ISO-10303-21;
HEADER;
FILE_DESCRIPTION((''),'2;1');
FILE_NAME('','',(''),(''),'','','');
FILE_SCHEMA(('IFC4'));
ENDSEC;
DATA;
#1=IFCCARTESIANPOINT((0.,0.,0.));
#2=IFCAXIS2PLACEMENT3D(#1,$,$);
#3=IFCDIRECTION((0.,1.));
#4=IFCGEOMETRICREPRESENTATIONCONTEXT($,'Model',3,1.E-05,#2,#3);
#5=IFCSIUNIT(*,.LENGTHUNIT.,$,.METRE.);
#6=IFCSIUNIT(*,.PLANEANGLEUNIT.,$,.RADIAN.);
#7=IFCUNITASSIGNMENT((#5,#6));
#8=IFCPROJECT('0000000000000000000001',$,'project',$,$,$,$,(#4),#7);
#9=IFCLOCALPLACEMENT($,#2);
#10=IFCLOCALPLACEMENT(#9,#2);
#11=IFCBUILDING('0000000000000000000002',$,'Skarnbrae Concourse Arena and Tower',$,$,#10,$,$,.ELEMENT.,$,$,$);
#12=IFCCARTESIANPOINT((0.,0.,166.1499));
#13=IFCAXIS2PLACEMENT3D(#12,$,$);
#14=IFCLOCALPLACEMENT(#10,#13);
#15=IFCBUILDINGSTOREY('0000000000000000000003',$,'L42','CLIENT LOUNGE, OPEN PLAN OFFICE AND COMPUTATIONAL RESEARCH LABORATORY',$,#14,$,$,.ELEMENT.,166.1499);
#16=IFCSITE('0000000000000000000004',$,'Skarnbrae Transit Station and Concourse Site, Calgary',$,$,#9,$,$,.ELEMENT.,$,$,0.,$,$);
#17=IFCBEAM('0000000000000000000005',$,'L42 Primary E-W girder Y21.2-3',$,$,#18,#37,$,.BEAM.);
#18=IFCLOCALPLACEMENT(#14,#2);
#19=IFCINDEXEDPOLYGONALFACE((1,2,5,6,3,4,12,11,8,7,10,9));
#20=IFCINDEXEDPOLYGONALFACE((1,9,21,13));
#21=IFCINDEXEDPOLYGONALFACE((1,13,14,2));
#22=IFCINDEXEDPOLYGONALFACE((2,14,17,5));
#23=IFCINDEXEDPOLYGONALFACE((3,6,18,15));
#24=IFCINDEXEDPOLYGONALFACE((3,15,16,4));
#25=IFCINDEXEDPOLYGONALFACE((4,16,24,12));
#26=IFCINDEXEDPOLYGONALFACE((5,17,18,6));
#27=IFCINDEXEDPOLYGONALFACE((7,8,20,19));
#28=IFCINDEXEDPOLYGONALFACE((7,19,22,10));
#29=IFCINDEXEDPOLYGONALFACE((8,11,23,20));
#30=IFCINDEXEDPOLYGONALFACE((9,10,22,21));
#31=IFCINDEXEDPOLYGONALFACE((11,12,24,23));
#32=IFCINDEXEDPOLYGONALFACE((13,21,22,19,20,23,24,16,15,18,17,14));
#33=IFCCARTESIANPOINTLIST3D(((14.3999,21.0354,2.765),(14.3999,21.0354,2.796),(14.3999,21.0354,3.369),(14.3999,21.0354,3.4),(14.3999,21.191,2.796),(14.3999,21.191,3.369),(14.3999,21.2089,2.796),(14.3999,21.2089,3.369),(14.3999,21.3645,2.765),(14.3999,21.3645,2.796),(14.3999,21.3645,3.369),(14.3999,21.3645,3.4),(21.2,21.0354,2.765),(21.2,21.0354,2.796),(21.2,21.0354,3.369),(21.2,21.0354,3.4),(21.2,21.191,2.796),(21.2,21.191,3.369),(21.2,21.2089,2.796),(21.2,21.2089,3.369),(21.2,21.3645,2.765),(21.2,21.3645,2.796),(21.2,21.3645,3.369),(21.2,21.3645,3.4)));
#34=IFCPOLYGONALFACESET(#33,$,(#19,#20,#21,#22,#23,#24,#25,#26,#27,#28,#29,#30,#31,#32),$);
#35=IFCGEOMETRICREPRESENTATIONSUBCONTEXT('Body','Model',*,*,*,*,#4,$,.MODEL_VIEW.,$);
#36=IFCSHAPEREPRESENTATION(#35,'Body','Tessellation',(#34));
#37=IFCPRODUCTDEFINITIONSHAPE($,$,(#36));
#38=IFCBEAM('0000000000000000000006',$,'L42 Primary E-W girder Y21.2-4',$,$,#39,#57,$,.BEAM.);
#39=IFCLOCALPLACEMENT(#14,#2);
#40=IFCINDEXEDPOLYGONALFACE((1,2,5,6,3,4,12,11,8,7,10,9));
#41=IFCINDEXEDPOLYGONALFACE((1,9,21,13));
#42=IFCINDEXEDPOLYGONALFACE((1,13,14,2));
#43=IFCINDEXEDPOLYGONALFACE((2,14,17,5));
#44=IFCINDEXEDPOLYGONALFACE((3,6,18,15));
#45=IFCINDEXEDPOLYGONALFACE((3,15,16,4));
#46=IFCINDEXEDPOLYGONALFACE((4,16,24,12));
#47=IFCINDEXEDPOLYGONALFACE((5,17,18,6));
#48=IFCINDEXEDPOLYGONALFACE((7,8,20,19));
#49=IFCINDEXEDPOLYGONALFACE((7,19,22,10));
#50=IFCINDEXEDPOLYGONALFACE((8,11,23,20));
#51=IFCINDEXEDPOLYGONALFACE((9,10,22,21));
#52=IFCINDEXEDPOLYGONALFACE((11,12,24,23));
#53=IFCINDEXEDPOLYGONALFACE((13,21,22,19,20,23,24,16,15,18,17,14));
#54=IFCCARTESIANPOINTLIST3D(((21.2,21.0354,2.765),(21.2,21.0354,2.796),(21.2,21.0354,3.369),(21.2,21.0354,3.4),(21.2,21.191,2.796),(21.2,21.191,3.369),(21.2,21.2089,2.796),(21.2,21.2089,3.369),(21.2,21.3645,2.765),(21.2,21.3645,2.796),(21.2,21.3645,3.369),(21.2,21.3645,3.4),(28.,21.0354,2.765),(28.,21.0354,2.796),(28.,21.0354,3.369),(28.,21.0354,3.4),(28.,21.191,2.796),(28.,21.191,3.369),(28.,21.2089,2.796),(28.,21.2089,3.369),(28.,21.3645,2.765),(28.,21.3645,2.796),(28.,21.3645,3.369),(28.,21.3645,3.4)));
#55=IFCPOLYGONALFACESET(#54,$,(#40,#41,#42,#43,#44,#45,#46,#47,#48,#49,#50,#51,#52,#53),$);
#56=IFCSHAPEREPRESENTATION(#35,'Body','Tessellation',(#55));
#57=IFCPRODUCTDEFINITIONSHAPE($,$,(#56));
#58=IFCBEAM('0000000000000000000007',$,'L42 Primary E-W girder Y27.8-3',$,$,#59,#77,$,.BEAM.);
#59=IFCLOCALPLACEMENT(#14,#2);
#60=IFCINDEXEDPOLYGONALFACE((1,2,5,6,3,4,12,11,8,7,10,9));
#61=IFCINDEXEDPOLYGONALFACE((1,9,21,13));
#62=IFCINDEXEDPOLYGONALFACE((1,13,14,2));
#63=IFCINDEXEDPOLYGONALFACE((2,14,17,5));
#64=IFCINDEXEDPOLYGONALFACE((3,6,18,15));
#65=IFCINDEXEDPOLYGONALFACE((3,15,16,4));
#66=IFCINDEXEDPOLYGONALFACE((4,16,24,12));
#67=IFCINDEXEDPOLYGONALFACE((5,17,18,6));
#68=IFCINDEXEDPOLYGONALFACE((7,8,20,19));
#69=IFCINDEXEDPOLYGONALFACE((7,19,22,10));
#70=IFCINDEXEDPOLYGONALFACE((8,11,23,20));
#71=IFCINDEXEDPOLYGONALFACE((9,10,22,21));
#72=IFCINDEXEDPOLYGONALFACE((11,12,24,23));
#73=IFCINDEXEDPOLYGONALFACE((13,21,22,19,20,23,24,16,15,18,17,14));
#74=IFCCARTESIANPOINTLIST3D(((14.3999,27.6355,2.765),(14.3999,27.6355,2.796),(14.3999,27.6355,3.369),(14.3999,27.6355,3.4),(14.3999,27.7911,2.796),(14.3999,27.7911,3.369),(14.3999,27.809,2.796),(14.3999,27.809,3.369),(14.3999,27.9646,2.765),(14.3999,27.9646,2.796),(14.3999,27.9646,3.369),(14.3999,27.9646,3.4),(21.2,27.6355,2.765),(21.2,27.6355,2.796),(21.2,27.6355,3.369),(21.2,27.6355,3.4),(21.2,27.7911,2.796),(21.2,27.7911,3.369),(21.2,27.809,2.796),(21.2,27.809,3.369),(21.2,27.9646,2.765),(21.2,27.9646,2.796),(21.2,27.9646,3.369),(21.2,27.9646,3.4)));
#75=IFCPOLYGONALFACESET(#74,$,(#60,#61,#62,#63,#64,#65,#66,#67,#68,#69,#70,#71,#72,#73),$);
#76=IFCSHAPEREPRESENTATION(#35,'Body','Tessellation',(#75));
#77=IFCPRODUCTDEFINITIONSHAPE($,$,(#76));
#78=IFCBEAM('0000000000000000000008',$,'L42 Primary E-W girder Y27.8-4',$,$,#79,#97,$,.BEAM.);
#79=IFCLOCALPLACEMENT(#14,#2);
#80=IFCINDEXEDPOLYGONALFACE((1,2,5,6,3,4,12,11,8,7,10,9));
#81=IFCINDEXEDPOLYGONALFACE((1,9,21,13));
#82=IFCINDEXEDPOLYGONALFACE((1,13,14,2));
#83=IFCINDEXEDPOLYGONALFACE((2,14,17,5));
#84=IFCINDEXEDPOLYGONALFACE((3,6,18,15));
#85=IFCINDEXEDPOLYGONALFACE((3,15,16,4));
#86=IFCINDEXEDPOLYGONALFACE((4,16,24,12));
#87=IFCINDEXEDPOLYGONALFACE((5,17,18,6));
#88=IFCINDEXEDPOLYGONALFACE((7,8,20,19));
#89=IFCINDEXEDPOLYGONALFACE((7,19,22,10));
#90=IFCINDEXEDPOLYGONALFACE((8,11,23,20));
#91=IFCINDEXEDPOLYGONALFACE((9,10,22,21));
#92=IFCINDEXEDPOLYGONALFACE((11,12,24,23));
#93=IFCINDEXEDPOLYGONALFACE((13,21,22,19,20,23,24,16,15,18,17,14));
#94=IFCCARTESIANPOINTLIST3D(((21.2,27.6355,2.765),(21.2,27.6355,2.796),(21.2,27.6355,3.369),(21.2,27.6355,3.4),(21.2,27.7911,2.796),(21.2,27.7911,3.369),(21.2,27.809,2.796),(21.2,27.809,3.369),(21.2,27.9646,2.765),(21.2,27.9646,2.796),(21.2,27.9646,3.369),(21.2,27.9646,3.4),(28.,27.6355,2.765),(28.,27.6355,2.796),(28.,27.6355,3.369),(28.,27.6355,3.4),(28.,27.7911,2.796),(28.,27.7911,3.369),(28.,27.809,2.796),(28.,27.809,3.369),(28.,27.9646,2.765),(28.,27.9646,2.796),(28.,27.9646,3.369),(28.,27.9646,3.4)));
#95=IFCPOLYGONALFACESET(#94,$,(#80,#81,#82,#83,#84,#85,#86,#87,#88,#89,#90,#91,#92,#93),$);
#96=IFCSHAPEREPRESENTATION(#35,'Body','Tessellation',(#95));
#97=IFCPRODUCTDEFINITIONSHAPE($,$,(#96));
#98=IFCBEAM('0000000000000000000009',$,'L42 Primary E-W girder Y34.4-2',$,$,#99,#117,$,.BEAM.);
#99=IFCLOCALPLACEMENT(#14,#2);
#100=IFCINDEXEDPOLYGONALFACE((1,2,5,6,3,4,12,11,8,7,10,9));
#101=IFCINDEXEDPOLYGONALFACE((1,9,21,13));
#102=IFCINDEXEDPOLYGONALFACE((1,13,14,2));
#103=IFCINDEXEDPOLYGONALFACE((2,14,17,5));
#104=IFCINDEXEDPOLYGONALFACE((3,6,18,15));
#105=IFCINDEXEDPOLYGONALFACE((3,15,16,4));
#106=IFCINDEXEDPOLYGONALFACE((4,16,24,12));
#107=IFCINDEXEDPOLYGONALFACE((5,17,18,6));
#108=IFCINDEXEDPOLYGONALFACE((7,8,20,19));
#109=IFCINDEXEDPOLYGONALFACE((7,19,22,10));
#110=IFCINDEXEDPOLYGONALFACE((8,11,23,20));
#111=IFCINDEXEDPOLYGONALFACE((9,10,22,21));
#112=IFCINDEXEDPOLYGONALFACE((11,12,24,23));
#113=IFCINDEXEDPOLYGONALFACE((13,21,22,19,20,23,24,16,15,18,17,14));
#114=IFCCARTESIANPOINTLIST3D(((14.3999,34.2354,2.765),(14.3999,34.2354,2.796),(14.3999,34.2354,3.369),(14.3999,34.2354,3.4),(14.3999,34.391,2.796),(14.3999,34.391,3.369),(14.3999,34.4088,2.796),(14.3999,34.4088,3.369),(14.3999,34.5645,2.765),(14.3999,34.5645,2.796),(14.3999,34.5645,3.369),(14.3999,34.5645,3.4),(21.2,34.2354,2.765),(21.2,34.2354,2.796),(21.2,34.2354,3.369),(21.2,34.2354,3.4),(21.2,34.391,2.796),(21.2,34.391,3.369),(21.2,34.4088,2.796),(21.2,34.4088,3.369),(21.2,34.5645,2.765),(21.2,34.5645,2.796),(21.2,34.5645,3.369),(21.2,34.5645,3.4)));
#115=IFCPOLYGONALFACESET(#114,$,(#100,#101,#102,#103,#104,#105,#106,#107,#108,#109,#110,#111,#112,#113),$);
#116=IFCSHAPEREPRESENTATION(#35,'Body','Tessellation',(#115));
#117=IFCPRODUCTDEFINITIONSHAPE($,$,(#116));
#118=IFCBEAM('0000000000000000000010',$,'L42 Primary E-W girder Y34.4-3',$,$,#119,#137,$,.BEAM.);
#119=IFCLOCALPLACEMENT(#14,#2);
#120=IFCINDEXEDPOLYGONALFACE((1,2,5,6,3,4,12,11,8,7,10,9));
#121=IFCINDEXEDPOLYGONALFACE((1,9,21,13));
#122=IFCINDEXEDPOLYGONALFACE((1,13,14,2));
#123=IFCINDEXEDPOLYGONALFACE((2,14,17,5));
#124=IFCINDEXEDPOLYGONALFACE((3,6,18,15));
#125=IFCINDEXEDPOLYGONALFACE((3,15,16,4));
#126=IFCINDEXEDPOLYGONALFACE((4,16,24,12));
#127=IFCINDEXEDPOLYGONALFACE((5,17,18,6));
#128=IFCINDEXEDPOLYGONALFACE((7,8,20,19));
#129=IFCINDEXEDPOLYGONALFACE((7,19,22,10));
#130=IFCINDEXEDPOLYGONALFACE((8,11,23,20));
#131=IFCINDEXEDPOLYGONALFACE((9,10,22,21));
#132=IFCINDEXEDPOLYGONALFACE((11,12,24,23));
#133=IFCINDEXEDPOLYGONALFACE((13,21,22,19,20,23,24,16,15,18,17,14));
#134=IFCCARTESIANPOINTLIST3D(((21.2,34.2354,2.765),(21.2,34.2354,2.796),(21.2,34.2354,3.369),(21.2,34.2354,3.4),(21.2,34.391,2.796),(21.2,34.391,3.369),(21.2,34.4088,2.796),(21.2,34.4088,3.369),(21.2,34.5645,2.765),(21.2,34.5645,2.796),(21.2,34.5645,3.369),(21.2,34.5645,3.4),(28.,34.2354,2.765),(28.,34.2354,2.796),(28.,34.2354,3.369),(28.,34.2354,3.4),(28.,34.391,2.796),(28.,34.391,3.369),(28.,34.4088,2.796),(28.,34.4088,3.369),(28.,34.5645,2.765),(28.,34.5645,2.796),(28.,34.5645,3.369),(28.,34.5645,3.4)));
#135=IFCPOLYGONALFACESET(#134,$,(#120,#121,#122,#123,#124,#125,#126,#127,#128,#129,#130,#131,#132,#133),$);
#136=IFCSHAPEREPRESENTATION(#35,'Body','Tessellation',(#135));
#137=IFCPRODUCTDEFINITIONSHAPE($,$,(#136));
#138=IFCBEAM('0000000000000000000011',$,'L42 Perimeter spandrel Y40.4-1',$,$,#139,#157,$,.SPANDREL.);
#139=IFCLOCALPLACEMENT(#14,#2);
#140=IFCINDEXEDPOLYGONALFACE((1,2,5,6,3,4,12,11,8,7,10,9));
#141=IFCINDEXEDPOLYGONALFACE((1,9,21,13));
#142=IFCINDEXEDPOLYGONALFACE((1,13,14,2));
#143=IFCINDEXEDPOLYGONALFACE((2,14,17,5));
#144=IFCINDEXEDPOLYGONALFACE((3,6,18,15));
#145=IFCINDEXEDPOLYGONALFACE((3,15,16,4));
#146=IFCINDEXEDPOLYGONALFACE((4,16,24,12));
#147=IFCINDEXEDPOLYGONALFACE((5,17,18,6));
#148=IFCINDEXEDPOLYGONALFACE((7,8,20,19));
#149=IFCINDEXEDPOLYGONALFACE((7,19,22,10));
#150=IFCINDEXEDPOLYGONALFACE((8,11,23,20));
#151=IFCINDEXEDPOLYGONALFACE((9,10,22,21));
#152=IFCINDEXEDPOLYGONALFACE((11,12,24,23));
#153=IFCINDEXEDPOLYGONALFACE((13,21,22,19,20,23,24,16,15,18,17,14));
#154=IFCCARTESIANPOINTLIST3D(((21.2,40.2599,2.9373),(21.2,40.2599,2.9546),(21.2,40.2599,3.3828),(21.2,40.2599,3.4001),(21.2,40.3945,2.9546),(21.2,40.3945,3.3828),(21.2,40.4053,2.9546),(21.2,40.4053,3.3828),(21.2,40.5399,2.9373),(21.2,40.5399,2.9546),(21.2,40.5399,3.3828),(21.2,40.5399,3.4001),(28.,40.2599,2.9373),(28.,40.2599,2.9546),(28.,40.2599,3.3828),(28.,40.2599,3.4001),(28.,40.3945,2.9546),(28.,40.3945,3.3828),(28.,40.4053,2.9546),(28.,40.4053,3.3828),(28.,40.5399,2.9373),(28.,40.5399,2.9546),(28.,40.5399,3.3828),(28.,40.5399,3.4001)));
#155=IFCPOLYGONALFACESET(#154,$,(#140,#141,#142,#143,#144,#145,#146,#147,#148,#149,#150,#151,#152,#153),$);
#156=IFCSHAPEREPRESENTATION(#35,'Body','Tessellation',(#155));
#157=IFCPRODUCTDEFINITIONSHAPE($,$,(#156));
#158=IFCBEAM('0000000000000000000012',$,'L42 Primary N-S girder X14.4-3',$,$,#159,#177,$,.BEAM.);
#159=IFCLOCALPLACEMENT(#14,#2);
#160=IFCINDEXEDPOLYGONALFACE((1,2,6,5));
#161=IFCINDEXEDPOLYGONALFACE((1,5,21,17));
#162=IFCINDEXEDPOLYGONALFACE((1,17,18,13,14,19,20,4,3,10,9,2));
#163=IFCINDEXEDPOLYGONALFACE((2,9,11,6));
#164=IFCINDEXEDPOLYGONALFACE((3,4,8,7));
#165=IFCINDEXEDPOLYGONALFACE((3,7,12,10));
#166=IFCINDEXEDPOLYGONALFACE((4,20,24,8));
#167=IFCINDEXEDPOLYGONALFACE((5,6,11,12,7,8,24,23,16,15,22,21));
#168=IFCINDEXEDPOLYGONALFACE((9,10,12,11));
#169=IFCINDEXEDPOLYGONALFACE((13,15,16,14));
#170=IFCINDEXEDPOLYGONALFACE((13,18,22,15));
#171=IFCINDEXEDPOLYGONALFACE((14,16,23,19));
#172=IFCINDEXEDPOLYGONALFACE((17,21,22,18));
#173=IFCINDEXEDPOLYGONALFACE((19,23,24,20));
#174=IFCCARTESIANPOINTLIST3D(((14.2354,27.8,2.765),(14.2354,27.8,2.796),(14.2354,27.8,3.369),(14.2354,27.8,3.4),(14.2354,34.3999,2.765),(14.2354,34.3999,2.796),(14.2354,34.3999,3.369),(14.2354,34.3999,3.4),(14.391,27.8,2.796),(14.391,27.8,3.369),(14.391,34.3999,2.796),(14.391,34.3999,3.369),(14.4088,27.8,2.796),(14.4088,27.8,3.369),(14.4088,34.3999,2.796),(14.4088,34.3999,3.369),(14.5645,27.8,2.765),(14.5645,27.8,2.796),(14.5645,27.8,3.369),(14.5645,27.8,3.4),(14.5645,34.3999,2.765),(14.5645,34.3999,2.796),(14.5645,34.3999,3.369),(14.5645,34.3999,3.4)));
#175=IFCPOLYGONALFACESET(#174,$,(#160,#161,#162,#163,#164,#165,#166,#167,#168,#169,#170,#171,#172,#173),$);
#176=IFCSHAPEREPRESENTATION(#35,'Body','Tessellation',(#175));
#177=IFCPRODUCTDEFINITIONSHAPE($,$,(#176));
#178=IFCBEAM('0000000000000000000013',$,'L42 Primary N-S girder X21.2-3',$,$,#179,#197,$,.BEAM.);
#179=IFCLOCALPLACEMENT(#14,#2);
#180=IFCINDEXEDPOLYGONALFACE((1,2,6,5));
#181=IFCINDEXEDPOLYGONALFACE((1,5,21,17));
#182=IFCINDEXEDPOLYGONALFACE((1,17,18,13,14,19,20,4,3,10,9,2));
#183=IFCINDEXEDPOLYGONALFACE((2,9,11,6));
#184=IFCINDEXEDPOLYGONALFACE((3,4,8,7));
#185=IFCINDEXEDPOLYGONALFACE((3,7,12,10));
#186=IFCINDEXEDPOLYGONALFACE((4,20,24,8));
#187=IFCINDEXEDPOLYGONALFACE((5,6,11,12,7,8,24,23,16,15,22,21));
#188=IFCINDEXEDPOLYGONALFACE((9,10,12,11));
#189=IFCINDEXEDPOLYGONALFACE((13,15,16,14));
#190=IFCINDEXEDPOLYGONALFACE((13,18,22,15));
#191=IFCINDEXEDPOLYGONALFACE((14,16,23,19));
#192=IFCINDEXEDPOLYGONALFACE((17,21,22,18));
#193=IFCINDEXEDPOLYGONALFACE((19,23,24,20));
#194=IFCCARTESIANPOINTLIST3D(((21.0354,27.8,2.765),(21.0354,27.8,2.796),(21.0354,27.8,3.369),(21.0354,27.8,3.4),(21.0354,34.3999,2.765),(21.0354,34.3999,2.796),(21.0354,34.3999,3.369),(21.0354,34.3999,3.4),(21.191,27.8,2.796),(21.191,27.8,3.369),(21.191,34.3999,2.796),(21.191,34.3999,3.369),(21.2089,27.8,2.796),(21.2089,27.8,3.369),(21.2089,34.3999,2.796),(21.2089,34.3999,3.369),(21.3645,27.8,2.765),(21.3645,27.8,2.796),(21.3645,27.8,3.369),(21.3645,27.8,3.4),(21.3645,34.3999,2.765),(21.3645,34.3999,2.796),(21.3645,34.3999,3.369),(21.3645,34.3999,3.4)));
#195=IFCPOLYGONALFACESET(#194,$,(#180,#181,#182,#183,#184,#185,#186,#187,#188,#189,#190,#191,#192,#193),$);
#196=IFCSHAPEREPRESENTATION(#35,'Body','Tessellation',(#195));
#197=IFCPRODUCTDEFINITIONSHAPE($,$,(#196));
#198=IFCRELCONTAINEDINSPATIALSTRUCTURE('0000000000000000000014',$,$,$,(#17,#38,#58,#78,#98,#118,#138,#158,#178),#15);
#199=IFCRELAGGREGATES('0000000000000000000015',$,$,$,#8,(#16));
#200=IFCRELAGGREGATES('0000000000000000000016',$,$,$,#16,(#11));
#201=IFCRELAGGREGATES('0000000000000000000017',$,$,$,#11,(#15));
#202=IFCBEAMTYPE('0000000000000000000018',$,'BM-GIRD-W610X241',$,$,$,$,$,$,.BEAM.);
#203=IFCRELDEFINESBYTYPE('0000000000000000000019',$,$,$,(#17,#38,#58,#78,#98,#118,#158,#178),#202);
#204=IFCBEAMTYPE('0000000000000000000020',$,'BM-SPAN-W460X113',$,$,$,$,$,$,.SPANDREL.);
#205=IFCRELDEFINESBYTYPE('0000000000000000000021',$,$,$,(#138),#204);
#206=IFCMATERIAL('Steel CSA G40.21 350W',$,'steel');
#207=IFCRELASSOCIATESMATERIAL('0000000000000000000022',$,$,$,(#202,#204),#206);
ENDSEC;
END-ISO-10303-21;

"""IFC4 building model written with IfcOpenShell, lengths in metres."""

from ifc_helpers import new_model, si_unit, direction, frame, origin, origin_2d, place, context, subcontext, project, spatial, i_section, extrude, source, transform, mapped, material, material_profile, profile_set, type_object, element, save


model = new_model("IFC4")

# Units and contexts
model_context = context("Model", 3, precision=1e-05, world=origin(), true_north=direction((0.0, 1.0)))
body_context = subcontext(model_context, "Body", "Model", "MODEL_VIEW")
ifc_project = project(units=[si_unit("LENGTHUNIT", "METRE"), si_unit("PLANEANGLEUNIT", "RADIAN")], contexts=[model_context])

# Site, building, storey
site_placement = place(None, origin())
site = spatial("IfcSite", under=ifc_project, at=site_placement, Name="Skarnbrae Transit Station and Concourse Site, Calgary", CompositionType="ELEMENT", RefElevation=0.0)
building_placement = place(site_placement, origin())
building = spatial("IfcBuilding", under=site, at=building_placement, Name="Skarnbrae Concourse Arena and Tower", CompositionType="ELEMENT")
storey_placement = place(building_placement, frame((0.0, 0.0, 166.1499)))
storey = spatial("IfcBuildingStorey", under=building, at=storey_placement, Name="L42", Description="CLIENT LOUNGE, OPEN PLAN OFFICE AND COMPUTATIONAL RESEARCH LABORATORY", CompositionType="ELEMENT", Elevation=166.1499)

# Shared definitions
ifc_material_1 = material(Name="Steel CSA G40.21 350W", Category="steel")

# Beams
ifc_material_profile_1 = material_profile(ifc_material_1, i_section(OverallWidth=0.3291, OverallDepth=0.635, WebThickness=0.0178, FlangeThickness=0.031, at=origin_2d()), Name="W610X241")
ifc_profile_set_1 = profile_set([ifc_material_profile_1], Name="Steel CSA G40.21 350W")
beam_type_1 = type_object("IfcBeamType", Name="BM-GIRD-W610X241", PredefinedType="BEAM", material=ifc_profile_set_1)
shared_shape_1 = source(origin(), body_context, "Body", "SweptSolid", [
    extrude(i_section(OverallWidth=0.3291, OverallDepth=0.635, WebThickness=0.0178, FlangeThickness=0.031, at=origin_2d()), origin(), (0.0, 0.0, 1.0), 6.8),
])
for number, where, z_axis, x_axis, name in (
    (1, (14.3999, 21.2, 3.0825), (1.0, 0.0, 0.0), (0.0, 1.0, 0.0), "L42 Primary E-W girder Y21.2-3"),
    (2, (21.2, 21.2, 3.0825), (1.0, 0.0, 0.0), (0.0, 1.0, 0.0), "L42 Primary E-W girder Y21.2-4"),
    (3, (14.3999, 27.8, 3.0825), (1.0, 0.0, 0.0), (0.0, 1.0, 0.0), "L42 Primary E-W girder Y27.8-3"),
    (4, (21.2, 27.8, 3.0825), (1.0, 0.0, 0.0), (0.0, 1.0, 0.0), "L42 Primary E-W girder Y27.8-4"),
    (5, (14.3999, 34.3999, 3.0825), (1.0, 0.0, 0.0), (0.0, 1.0, 0.0), "L42 Primary E-W girder Y34.4-2"),
    (6, (21.2, 34.3999, 3.0825), (1.0, 0.0, 0.0), (0.0, 1.0, 0.0), "L42 Primary E-W girder Y34.4-3"),
):
    element("IfcBeam", number, at=place(storey_placement, frame(where, z_axis=z_axis, x_axis=x_axis)), inside=storey, type_object=beam_type_1, Name=name, PredefinedType="BEAM", context=body_context, shape_type="MappedRepresentation", body=[
        mapped(shared_shape_1, transform((0.0, 0.0, 0.0))),
    ])
ifc_material_profile_2 = material_profile(ifc_material_1, i_section(OverallWidth=0.28, OverallDepth=0.4629, WebThickness=0.0107, FlangeThickness=0.0173, at=origin_2d()), Name="W460X113")
ifc_profile_set_2 = profile_set([ifc_material_profile_2], Name="Steel CSA G40.21 350W")
beam_type_2 = type_object("IfcBeamType", Name="BM-SPAN-W460X113", PredefinedType="SPANDREL", material=ifc_profile_set_2)
shared_shape_2 = source(origin(), body_context, "Body", "SweptSolid", [
    extrude(i_section(OverallWidth=0.28, OverallDepth=0.4629, WebThickness=0.0107, FlangeThickness=0.0173, at=origin_2d()), origin(), (0.0, 0.0, 1.0), 6.8),
])
beam_1_placement = place(storey_placement, frame((21.2, 40.3999, 3.1687), z_axis=(1.0, 0.0, 0.0), x_axis=(0.0, 1.0, 0.0)))
element("IfcBeam", 7, at=beam_1_placement, inside=storey, type_object=beam_type_2, Name="L42 Perimeter spandrel Y40.4-1", PredefinedType="SPANDREL", context=body_context, shape_type="MappedRepresentation", body=[
    mapped(shared_shape_2, transform((0.0, 0.0, 0.0))),
])
shared_shape_3 = source(origin(), body_context, "Body", "SweptSolid", [
    extrude(i_section(OverallWidth=0.3291, OverallDepth=0.635, WebThickness=0.0178, FlangeThickness=0.031, at=origin_2d()), origin(), (0.0, 0.0, 1.0), 6.5999),
])
for number, where, z_axis, x_axis, name in (
    (8, (14.3999, 27.8, 3.0825), (0.0, 1.0, 0.0), (-1.0, 0.0, 0.0), "L42 Primary N-S girder X14.4-3"),
    (9, (21.2, 27.8, 3.0825), (0.0, 1.0, 0.0), (-1.0, 0.0, 0.0), "L42 Primary N-S girder X21.2-3"),
):
    element("IfcBeam", number, at=place(storey_placement, frame(where, z_axis=z_axis, x_axis=x_axis)), inside=storey, type_object=beam_type_1, Name=name, PredefinedType="BEAM", context=body_context, shape_type="MappedRepresentation", body=[
        mapped(shared_shape_3, transform((0.0, 0.0, 0.0))),
    ])

save(model, "model.ifc")
